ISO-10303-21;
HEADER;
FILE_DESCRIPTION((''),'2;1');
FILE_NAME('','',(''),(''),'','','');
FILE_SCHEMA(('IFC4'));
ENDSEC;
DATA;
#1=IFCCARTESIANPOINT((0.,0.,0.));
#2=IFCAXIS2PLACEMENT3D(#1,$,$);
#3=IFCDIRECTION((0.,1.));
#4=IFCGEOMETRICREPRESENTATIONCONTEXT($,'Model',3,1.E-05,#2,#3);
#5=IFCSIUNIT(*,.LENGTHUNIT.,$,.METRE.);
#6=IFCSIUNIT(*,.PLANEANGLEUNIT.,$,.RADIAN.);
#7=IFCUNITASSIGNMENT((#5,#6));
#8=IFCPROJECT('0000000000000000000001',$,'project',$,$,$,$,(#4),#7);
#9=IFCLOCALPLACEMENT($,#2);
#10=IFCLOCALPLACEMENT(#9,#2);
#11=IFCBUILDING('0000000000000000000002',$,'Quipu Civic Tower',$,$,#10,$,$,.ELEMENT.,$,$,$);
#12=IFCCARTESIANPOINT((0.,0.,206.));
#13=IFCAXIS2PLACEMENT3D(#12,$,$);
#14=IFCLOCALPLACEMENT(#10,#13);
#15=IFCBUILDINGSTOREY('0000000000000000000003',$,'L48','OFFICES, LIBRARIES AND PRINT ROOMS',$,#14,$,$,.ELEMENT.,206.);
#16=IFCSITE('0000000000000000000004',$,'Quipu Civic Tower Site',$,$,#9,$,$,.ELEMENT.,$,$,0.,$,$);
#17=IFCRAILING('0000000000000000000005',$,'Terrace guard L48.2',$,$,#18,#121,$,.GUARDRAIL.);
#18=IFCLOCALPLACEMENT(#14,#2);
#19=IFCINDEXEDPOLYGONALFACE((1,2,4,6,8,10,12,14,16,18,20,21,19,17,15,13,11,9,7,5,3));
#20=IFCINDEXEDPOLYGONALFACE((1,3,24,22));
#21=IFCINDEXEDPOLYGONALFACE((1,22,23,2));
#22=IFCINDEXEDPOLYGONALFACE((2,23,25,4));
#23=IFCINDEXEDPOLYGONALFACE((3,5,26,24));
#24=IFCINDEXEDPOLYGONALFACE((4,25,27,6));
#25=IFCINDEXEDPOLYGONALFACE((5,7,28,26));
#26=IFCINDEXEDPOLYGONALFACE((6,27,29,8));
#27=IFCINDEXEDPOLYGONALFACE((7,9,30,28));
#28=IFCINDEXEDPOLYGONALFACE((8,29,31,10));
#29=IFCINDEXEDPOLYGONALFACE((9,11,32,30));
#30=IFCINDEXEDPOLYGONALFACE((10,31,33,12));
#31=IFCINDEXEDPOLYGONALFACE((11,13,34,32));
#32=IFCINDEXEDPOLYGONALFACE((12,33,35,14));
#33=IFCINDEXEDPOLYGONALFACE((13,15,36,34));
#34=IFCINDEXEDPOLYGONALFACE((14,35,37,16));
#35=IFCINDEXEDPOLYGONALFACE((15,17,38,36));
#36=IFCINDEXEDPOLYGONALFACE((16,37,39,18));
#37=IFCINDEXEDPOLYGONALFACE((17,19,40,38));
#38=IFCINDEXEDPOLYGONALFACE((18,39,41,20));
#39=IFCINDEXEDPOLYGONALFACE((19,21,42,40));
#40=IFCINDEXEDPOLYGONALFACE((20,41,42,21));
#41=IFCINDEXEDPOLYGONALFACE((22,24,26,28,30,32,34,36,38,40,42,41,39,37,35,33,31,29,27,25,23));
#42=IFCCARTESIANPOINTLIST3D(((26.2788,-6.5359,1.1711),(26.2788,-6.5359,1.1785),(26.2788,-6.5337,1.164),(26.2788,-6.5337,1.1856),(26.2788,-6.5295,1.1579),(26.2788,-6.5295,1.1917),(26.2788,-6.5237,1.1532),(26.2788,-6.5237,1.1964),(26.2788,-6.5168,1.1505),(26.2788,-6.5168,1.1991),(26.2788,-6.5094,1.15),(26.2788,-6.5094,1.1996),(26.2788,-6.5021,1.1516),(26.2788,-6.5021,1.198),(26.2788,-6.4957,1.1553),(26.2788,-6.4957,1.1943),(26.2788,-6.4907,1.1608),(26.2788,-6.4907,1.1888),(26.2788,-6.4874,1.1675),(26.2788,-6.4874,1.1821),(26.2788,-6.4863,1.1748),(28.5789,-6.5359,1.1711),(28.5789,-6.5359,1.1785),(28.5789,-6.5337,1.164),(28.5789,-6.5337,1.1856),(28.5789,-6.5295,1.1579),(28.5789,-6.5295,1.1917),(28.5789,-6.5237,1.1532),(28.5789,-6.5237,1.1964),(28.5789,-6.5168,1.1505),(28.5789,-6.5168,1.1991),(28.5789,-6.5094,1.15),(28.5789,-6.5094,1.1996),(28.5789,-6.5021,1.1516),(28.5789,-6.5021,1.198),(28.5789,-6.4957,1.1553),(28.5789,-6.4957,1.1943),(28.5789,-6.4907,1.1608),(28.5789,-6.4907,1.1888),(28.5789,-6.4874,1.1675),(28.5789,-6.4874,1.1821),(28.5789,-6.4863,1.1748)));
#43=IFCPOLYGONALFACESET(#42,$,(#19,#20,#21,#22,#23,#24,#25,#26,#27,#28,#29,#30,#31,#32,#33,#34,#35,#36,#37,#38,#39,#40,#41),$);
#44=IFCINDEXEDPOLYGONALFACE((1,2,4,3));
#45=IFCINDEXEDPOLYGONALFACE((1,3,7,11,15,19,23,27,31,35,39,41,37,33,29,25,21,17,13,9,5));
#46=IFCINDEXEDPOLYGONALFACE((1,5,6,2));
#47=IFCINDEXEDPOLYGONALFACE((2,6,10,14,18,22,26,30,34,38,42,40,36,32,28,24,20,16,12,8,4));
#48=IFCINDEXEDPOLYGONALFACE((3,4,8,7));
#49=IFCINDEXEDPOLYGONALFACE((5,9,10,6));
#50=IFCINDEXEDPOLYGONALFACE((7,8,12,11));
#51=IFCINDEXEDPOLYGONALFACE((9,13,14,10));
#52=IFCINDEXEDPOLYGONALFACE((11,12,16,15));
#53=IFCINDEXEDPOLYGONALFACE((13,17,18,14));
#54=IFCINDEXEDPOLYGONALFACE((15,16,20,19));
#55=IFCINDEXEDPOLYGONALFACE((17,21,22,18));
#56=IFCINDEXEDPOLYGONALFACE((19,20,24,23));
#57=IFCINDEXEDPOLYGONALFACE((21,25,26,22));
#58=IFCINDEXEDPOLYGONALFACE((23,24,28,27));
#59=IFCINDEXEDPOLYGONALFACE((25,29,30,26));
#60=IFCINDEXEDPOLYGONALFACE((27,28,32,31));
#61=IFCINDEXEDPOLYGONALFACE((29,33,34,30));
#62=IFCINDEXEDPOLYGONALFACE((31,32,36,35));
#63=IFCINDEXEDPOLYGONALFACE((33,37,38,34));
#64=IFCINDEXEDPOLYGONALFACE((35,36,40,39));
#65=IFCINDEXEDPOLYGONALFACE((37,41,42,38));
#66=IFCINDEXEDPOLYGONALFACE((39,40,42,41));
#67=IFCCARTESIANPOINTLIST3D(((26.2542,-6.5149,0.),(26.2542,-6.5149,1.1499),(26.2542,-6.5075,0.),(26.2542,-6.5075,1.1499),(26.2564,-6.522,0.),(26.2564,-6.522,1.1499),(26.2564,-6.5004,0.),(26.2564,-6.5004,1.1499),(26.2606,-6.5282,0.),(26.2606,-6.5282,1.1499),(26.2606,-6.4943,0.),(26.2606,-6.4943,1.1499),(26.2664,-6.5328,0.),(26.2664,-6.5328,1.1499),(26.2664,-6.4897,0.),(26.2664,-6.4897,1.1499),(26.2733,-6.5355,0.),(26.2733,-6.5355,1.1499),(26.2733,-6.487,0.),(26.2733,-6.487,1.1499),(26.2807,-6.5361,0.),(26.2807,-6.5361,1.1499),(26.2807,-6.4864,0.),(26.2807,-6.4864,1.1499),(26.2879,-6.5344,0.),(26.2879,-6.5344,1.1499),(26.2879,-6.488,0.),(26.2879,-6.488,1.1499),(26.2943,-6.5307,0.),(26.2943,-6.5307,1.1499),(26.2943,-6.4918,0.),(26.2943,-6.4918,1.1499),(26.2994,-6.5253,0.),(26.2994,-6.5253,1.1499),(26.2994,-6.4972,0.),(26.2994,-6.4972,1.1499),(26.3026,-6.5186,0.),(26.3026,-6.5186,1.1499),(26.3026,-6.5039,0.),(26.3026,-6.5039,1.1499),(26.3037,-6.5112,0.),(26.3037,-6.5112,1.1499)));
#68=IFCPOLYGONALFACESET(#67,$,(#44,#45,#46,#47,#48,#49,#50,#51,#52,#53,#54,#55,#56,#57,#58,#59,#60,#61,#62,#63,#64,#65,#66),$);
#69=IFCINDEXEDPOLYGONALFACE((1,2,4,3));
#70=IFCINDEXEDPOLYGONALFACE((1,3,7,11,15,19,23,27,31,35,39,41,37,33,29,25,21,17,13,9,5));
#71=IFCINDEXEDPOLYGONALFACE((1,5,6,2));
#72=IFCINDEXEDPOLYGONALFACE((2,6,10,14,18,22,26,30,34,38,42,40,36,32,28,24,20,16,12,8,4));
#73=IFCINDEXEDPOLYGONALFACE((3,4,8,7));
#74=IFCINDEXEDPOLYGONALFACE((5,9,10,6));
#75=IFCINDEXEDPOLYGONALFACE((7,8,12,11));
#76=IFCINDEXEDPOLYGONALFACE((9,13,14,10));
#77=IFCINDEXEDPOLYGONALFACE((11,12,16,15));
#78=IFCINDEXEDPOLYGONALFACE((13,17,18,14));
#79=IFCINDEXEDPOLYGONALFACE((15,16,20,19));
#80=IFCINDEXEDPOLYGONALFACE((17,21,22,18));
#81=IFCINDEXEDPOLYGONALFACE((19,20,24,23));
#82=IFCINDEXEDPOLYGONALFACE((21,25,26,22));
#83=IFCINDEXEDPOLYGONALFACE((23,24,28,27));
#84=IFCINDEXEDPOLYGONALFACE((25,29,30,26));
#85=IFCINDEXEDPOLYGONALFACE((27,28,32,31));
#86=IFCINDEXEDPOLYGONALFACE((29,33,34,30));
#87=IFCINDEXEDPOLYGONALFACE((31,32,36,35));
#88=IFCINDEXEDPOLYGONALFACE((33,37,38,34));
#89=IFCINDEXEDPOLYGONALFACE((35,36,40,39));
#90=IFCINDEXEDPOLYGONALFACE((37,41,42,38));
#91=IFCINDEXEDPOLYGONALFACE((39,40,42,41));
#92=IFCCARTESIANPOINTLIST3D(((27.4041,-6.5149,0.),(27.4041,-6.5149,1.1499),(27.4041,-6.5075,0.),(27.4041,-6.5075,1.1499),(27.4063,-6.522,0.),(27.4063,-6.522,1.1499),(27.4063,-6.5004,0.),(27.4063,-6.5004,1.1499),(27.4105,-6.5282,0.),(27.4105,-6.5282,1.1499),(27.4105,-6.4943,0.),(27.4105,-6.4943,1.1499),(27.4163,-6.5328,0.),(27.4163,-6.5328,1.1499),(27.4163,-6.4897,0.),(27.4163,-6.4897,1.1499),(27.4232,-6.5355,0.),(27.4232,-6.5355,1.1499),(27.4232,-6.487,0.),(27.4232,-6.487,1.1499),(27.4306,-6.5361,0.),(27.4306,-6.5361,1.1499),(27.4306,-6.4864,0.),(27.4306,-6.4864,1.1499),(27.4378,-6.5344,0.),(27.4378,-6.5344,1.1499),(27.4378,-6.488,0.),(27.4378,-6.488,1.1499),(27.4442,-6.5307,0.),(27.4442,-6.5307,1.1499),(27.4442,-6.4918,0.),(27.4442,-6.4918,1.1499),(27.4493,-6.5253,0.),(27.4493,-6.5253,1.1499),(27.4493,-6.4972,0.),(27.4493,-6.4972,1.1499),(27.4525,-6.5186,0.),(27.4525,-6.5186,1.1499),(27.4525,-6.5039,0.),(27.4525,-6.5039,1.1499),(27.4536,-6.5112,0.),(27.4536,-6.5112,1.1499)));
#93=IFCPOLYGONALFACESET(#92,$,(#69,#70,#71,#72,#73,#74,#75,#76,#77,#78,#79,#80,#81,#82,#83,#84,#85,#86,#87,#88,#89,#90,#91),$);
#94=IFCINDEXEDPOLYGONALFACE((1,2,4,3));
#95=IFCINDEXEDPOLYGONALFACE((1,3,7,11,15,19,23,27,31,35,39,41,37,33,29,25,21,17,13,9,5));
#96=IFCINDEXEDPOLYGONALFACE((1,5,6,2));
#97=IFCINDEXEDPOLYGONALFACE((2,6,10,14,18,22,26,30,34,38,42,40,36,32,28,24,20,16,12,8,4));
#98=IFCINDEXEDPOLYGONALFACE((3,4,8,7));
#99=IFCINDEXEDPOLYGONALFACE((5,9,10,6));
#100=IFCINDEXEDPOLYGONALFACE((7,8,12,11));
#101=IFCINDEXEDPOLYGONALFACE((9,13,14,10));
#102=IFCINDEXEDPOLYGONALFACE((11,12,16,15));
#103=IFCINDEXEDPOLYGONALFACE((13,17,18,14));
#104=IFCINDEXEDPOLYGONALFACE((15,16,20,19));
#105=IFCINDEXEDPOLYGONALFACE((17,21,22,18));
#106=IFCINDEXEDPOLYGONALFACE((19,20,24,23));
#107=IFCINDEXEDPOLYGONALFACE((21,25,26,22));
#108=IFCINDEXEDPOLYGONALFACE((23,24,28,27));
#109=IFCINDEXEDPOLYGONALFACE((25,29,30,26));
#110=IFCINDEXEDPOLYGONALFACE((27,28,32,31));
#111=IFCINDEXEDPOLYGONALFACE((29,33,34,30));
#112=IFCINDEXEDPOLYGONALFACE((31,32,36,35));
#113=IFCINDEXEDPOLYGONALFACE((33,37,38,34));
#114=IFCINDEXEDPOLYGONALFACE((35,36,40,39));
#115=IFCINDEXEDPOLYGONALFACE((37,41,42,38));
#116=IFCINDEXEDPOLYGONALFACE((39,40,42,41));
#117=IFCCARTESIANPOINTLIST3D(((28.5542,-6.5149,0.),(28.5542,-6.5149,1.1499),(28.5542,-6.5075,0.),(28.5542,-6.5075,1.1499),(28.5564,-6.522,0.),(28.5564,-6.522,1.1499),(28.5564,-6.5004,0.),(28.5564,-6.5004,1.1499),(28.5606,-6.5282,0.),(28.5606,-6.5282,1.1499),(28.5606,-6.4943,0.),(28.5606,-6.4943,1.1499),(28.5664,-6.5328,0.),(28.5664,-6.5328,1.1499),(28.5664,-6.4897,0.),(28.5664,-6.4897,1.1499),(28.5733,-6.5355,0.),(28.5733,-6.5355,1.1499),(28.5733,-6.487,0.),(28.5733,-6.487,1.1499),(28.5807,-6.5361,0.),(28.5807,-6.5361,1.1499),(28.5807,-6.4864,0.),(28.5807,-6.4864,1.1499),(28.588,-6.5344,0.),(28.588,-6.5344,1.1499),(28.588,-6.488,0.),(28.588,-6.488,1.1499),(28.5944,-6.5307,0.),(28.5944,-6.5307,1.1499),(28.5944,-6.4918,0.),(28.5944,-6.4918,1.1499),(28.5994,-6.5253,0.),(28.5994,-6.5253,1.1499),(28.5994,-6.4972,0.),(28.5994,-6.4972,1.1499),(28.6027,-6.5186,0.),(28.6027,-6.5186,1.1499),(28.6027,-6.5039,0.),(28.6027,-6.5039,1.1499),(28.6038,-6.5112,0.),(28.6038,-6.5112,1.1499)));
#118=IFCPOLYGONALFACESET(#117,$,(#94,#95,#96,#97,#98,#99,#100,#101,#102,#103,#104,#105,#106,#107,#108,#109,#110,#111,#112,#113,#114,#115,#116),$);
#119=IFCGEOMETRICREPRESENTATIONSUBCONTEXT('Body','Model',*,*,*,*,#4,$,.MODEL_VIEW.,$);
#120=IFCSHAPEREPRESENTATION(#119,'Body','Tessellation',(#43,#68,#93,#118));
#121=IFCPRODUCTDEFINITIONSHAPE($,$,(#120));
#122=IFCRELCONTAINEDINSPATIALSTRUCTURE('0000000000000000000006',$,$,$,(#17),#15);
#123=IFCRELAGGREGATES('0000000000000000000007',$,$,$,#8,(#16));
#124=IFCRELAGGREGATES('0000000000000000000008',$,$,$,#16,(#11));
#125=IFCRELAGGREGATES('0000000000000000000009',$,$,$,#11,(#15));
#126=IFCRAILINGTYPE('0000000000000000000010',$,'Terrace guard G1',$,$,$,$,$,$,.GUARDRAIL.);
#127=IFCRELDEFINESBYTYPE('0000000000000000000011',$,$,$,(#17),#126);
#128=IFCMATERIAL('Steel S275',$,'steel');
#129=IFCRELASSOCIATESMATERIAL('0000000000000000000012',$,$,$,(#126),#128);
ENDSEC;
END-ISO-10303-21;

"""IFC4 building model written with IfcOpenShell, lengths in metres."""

from ifc_helpers import new_model, si_unit, direction, frame, origin, origin_2d, place, context, subcontext, project, spatial, circle, extrude, material, type_object, element, save


model = new_model("IFC4")

# Units and contexts
model_context = context("Model", 3, precision=1e-05, world=origin(), true_north=direction((0.0, 1.0)))
body_context = subcontext(model_context, "Body", "Model", "MODEL_VIEW")
ifc_project = project(units=[si_unit("LENGTHUNIT", "METRE"), si_unit("PLANEANGLEUNIT", "RADIAN")], contexts=[model_context])

# Site, building, storey
site_placement = place(None, origin())
site = spatial("IfcSite", under=ifc_project, at=site_placement, Name="Quipu Civic Tower Site", CompositionType="ELEMENT", RefElevation=0.0)
building_placement = place(site_placement, origin())
building = spatial("IfcBuilding", under=site, at=building_placement, Name="Quipu Civic Tower", CompositionType="ELEMENT")
storey_placement = place(building_placement, frame((0.0, 0.0, 206.0)))
storey = spatial("IfcBuildingStorey", under=building, at=storey_placement, Name="L48", Description="OFFICES, LIBRARIES AND PRINT ROOMS", CompositionType="ELEMENT", Elevation=206.0)

# Railing
ifc_material_1 = material(Name="Steel S275", Category="steel")
railing_type = type_object("IfcRailingType", Name="Terrace guard G1", PredefinedType="GUARDRAIL", material=ifc_material_1)
railing_1_placement = place(storey_placement, frame((26.2788, -6.5112, 0.0)))
element("IfcRailing", 1, at=railing_1_placement, inside=storey, type_object=railing_type, Name="Terrace guard L48.2", PredefinedType="GUARDRAIL", context=body_context, shape_type="SweptSolid", body=[
    extrude(circle(Radius=0.0249, at=origin_2d()), frame((0.0, 0.0, 1.1748), z_axis=(1.0, 0.0, 0.0), x_axis=(0.0, 1.0, 0.0)), (0.0, 0.0, 1.0), 2.3),
    extrude(circle(Radius=0.0249, at=origin_2d()), origin(), (0.0, 0.0, 1.0), 1.1499),
    extrude(circle(Radius=0.0249, at=origin_2d()), frame((1.1499, 0.0, 0.0)), (0.0, 0.0, 1.0), 1.1499),
    extrude(circle(Radius=0.0249, at=origin_2d()), frame((2.3, 0.0, 0.0)), (0.0, 0.0, 1.0), 1.1499),
])

save(model, "model.ifc")
